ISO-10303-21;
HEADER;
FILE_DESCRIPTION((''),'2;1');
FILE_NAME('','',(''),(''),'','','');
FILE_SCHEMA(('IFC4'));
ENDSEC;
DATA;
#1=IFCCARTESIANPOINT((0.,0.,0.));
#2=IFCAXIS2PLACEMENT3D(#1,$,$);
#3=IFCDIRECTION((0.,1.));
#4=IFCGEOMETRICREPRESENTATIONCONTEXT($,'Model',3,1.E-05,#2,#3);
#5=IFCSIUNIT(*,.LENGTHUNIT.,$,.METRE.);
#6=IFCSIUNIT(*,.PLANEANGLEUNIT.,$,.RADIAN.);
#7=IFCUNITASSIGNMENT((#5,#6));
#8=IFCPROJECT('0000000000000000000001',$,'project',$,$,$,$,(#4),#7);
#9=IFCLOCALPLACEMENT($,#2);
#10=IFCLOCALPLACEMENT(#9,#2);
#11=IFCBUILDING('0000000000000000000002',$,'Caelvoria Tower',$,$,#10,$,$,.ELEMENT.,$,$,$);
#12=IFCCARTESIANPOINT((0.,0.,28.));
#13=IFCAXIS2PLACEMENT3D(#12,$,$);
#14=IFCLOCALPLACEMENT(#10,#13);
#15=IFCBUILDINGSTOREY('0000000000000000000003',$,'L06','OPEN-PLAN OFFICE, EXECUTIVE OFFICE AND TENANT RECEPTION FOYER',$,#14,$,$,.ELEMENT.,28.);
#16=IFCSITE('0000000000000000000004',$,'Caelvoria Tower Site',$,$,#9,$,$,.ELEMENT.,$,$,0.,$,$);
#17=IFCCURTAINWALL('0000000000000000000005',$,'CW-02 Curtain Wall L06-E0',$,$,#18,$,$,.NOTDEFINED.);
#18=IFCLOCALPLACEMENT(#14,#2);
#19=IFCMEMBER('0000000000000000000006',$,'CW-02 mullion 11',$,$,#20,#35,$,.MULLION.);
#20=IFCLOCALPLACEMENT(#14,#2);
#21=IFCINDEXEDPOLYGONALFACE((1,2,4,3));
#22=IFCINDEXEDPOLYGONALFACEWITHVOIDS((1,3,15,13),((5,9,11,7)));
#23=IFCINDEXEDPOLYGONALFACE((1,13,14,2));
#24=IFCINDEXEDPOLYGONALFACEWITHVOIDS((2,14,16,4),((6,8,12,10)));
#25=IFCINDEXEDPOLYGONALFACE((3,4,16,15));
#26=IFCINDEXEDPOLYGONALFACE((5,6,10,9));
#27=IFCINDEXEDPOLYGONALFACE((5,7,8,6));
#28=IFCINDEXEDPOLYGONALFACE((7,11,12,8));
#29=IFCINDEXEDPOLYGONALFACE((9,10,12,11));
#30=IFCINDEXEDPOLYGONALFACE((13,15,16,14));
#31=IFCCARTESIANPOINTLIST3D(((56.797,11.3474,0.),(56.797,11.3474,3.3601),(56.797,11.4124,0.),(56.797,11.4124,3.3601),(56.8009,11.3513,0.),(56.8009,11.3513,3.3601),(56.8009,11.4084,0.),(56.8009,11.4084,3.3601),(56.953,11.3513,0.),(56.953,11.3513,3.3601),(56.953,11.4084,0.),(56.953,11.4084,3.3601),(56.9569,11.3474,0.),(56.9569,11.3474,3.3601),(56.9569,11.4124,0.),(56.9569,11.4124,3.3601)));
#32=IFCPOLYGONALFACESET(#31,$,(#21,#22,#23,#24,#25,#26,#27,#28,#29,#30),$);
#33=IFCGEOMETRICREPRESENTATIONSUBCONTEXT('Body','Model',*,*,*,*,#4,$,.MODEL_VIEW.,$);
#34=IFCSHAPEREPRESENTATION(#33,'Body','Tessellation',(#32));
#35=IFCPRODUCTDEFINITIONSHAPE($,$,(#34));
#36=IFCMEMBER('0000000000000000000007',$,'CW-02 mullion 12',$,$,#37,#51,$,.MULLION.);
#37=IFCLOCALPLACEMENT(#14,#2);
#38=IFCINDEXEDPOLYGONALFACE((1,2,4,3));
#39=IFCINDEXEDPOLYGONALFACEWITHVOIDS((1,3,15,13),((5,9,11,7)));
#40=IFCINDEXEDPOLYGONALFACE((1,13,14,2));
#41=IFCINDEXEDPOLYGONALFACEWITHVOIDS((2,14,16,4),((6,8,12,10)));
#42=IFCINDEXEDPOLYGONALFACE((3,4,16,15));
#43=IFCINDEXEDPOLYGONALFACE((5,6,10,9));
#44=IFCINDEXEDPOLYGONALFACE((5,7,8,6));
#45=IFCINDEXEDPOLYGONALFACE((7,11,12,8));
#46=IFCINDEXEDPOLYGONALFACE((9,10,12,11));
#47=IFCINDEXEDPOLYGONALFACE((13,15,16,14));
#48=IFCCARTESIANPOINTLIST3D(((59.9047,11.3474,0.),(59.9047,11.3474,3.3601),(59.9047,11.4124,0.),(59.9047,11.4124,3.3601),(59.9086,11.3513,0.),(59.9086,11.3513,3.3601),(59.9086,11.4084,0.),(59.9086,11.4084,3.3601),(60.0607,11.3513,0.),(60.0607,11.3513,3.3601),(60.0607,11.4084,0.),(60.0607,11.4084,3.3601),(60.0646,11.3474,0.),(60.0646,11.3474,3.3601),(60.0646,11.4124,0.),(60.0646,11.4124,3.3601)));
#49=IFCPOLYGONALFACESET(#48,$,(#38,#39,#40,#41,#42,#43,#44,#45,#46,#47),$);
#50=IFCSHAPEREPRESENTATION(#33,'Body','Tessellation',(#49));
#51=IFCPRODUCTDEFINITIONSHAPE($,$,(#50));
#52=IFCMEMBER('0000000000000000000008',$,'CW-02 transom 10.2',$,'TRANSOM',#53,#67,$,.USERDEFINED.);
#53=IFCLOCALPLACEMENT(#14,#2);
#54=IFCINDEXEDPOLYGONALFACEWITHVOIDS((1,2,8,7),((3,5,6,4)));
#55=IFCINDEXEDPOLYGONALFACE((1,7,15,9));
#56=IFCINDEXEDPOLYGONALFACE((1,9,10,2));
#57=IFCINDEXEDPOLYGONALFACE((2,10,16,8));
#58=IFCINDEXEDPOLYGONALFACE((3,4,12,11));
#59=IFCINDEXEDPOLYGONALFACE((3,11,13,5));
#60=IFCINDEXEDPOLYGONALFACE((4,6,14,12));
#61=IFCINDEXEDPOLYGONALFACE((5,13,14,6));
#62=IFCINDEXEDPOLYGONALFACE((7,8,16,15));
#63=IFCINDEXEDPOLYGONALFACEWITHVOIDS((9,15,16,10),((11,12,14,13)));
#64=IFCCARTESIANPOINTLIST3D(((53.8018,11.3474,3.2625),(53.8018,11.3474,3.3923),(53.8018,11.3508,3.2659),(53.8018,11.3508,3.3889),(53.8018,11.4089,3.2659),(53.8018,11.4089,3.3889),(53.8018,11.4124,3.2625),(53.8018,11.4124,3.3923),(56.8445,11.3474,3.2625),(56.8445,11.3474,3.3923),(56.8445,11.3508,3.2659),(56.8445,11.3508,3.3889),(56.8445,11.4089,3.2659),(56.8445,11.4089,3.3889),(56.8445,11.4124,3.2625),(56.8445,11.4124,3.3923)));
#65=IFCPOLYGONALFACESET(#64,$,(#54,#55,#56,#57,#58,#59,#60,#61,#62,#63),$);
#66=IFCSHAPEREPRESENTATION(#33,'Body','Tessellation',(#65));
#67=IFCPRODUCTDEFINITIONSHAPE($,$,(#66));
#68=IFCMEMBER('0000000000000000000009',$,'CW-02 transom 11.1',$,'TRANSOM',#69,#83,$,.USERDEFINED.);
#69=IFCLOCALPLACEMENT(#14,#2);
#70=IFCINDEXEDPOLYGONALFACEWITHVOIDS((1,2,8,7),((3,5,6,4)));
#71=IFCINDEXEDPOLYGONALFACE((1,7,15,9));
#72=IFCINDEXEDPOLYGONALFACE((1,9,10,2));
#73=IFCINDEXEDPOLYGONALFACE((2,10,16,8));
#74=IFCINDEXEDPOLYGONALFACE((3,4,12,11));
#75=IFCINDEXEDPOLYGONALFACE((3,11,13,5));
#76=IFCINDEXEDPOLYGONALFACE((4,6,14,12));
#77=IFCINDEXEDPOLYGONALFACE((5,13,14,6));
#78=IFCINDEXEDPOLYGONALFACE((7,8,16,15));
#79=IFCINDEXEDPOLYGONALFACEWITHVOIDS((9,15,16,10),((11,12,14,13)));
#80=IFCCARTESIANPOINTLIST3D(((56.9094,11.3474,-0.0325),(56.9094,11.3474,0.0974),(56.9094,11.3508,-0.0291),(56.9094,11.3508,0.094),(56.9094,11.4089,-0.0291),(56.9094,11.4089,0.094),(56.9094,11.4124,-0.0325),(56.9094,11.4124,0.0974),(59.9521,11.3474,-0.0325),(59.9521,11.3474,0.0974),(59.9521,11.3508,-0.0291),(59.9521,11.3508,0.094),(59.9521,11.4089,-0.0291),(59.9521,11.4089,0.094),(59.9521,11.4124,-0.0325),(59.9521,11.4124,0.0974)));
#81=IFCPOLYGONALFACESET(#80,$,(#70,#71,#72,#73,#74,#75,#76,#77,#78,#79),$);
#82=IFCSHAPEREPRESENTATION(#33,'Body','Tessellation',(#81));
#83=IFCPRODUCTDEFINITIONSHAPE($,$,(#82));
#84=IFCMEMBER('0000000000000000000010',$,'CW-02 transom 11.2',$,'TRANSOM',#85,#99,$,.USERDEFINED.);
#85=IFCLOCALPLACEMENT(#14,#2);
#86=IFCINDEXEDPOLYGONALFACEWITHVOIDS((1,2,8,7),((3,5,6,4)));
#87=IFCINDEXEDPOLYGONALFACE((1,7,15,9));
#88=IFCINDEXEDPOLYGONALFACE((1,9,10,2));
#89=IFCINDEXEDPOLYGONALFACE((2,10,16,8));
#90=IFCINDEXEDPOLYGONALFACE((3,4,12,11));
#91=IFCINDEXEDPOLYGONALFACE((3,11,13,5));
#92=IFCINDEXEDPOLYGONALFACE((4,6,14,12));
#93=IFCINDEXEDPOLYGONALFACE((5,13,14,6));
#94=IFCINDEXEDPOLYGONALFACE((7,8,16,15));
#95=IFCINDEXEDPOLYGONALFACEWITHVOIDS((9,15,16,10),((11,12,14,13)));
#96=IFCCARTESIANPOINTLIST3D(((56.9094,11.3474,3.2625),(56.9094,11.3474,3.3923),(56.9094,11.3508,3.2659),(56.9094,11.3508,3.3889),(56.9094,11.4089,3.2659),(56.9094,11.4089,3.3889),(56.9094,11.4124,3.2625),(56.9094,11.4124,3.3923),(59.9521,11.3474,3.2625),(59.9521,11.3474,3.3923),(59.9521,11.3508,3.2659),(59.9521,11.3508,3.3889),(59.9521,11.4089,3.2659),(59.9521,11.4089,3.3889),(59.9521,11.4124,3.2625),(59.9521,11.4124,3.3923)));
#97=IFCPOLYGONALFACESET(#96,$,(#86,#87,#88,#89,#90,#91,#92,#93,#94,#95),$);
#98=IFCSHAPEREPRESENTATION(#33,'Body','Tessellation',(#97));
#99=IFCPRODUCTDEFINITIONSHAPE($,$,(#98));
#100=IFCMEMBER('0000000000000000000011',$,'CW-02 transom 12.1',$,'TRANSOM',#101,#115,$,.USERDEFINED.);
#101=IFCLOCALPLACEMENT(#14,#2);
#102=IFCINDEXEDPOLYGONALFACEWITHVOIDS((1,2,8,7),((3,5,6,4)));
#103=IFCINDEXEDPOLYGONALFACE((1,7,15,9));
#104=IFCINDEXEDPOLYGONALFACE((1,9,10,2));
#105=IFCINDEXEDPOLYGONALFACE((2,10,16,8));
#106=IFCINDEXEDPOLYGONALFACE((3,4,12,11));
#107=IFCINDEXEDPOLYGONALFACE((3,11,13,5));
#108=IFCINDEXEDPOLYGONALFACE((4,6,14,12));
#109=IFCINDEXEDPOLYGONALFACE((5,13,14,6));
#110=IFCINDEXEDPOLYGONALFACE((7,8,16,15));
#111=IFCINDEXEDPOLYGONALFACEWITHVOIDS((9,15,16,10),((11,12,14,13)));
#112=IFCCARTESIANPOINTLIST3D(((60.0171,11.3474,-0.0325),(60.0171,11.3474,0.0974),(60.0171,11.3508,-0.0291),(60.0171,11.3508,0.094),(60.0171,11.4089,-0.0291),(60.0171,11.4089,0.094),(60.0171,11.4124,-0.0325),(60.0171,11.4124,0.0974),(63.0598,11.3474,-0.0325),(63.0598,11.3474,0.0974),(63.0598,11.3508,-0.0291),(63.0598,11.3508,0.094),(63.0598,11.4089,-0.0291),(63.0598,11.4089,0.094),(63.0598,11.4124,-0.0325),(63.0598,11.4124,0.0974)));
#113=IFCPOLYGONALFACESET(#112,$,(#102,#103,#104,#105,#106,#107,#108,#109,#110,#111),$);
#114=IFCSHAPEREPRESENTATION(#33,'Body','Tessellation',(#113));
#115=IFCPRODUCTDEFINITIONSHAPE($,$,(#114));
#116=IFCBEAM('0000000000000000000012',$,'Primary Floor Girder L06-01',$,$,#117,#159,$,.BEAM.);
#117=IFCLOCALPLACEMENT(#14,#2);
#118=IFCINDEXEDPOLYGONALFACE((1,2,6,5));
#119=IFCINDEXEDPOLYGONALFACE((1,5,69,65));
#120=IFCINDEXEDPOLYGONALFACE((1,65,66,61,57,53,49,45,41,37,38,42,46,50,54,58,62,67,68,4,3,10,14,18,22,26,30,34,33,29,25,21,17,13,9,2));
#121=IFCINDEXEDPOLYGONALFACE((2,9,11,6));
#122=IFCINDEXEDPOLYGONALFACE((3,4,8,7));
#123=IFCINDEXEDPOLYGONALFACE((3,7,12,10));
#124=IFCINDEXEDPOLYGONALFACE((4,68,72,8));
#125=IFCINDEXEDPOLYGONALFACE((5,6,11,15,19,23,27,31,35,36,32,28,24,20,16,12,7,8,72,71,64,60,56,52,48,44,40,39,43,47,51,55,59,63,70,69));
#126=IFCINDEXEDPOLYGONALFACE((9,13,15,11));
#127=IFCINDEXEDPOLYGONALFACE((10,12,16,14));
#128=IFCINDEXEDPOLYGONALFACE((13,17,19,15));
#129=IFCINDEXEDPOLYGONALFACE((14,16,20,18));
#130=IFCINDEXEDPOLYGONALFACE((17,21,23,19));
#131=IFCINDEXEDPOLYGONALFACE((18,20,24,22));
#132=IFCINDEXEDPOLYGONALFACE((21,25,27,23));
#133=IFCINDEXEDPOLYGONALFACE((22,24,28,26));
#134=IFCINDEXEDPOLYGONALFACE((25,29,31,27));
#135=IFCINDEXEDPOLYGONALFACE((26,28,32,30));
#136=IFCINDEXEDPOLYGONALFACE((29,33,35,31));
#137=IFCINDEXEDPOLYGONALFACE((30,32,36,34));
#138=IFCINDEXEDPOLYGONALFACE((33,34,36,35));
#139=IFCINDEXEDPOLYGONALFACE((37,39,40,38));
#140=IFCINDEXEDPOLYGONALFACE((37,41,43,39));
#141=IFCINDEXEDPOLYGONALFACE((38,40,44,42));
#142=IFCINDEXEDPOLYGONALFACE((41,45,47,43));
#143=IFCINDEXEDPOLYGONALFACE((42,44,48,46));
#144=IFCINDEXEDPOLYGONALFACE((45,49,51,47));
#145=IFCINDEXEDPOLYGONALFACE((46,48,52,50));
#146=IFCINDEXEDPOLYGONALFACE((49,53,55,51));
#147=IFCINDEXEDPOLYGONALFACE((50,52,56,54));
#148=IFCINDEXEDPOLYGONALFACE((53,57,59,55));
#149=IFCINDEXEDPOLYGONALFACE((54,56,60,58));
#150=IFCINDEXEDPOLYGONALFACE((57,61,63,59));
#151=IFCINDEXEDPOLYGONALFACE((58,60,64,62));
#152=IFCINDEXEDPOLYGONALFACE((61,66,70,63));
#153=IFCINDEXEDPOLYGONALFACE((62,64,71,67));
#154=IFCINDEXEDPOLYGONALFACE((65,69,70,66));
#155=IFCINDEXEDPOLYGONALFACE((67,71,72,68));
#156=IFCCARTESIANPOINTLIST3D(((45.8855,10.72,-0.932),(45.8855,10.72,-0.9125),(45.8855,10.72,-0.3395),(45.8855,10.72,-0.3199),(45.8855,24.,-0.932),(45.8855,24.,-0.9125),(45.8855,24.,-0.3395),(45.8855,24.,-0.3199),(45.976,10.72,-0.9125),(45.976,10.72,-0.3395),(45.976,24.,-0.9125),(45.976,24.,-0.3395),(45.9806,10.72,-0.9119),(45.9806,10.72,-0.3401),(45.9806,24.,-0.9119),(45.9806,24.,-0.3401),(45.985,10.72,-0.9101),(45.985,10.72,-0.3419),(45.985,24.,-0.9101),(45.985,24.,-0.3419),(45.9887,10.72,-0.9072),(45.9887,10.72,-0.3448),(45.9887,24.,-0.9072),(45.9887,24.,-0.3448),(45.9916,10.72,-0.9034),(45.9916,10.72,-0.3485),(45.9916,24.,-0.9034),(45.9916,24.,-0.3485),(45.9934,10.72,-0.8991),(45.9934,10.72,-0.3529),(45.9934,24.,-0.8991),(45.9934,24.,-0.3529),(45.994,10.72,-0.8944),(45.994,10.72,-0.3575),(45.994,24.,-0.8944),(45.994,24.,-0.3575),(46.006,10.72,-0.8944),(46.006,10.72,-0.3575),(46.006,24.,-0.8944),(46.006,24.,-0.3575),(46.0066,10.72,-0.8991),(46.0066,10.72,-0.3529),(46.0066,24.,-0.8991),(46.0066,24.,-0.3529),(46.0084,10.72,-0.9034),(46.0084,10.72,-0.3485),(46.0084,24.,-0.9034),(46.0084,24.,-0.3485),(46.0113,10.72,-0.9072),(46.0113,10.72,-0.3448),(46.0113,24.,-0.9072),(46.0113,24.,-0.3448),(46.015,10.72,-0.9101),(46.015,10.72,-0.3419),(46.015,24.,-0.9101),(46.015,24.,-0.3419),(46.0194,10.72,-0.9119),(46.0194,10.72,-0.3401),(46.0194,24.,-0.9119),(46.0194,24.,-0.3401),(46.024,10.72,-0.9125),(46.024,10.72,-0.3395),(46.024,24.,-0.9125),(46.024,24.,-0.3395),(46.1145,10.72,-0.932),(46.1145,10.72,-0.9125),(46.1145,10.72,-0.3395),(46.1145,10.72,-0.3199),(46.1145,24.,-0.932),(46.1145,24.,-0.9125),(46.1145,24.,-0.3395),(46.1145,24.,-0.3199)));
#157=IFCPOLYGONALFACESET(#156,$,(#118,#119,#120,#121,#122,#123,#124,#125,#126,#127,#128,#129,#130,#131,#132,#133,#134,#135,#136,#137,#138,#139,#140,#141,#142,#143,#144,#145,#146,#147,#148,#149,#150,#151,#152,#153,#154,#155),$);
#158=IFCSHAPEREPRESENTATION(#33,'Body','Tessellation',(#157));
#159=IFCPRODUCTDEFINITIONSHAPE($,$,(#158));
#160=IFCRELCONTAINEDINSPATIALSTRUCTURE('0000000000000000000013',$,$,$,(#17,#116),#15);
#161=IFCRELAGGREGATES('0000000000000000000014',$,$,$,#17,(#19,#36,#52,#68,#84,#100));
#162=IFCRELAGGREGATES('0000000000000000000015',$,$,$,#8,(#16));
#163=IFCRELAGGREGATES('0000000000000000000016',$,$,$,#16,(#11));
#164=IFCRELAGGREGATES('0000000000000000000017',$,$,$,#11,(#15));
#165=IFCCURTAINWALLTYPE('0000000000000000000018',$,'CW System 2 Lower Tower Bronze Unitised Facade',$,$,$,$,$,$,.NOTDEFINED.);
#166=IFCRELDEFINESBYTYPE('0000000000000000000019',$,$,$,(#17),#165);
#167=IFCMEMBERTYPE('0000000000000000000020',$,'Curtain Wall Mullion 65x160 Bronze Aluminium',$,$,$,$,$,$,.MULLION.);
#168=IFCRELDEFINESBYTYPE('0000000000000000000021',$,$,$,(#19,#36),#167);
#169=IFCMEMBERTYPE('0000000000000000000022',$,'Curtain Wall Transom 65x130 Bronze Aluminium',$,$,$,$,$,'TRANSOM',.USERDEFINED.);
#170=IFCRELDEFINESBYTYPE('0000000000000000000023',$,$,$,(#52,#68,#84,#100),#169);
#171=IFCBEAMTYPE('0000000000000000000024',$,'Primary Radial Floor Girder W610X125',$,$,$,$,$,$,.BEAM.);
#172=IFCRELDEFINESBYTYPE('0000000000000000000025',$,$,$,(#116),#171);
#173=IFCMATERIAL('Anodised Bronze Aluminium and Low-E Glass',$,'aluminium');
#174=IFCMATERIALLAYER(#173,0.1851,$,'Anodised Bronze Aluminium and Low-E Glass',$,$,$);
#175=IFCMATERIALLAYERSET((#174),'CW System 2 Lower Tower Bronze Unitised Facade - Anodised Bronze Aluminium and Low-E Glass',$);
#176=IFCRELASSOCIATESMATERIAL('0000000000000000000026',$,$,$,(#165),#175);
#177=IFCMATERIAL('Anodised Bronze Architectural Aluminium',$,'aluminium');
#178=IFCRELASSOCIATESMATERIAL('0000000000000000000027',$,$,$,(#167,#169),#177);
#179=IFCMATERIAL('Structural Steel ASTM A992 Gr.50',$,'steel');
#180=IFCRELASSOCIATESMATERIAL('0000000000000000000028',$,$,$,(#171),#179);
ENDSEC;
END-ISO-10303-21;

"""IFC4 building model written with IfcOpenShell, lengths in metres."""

from ifc_helpers import new_model, si_unit, direction, frame, origin, origin_2d, place, context, subcontext, project, spatial, hollow_rectangle, i_section, extrude, material, layer, layer_set, material_profile, profile_set, type_object, element, aggregate, save


model = new_model("IFC4")

# Units and contexts
model_context = context("Model", 3, precision=1e-05, world=origin(), true_north=direction((0.0, 1.0)))
body_context = subcontext(model_context, "Body", "Model", "MODEL_VIEW")
ifc_project = project(units=[si_unit("LENGTHUNIT", "METRE"), si_unit("PLANEANGLEUNIT", "RADIAN")], contexts=[model_context])

# Site, building, storey
site_placement = place(None, origin())
site = spatial("IfcSite", under=ifc_project, at=site_placement, Name="Caelvoria Tower Site", CompositionType="ELEMENT", RefElevation=0.0)
building_placement = place(site_placement, origin())
building = spatial("IfcBuilding", under=site, at=building_placement, Name="Caelvoria Tower", CompositionType="ELEMENT")
storey_placement = place(building_placement, frame((0.0, 0.0, 28.0)))
storey = spatial("IfcBuildingStorey", under=building, at=storey_placement, Name="L06", Description="OPEN-PLAN OFFICE, EXECUTIVE OFFICE AND TENANT RECEPTION FOYER", CompositionType="ELEMENT", Elevation=28.0)

# Curtain wall, members
ifc_material_1 = material(Name="Anodised Bronze Aluminium and Low-E Glass", Category="aluminium")
ifc_layer_1 = layer(ifc_material_1, 0.1851, Name="Anodised Bronze Aluminium and Low-E Glass")
ifc_layer_set_1 = layer_set([ifc_layer_1], Name="CW System 2 Lower Tower Bronze Unitised Facade - Anodised Bronze Aluminium and Low-E Glass")
curtain_wall_type = type_object("IfcCurtainWallType", Name="CW System 2 Lower Tower Bronze Unitised Facade", PredefinedType="NOTDEFINED", material=ifc_layer_set_1)
curtain_wall_placement = place(storey_placement, origin())
curtain_wall = element("IfcCurtainWall", 1, at=curtain_wall_placement, inside=storey, type_object=curtain_wall_type, Name="CW-02 Curtain Wall L06-E0", PredefinedType="NOTDEFINED")
ifc_material_2 = material(Name="Anodised Bronze Architectural Aluminium", Category="aluminium")
ifc_material_profile_1 = material_profile(ifc_material_2, hollow_rectangle(XDim=0.0649, YDim=0.1599, WallThickness=0.0039, at=origin_2d()), Name="Anodised Bronze Architectural Aluminium")
ifc_profile_set_1 = profile_set([ifc_material_profile_1], Name="CW_MULL_65X160 - Anodised Bronze Architectural Aluminium")
member_type_1 = type_object("IfcMemberType", Name="Curtain Wall Mullion 65x160 Bronze Aluminium", PredefinedType="MULLION", material=ifc_profile_set_1)
member_1_placement = place(storey_placement, frame((56.877, 11.3799, 0.0), z_axis=(0.0, 0.0, 1.0), x_axis=(0.0, 1.0, 0.0)))
member_1 = element("IfcMember", 2, at=member_1_placement, type_object=member_type_1, Name="CW-02 mullion 11", PredefinedType="MULLION", context=body_context, shape_type="SweptSolid", body=[
    extrude(hollow_rectangle(XDim=0.0649, YDim=0.1599, WallThickness=0.0039, at=origin_2d()), origin(), (0.0, 0.0, 1.0), 3.3601),
])
member_2_placement = place(storey_placement, frame((59.9846, 11.3799, 0.0), z_axis=(0.0, 0.0, 1.0), x_axis=(0.0, 1.0, 0.0)))
member_2 = element("IfcMember", 3, at=member_2_placement, type_object=member_type_1, Name="CW-02 mullion 12", PredefinedType="MULLION", context=body_context, shape_type="SweptSolid", body=[
    extrude(hollow_rectangle(XDim=0.0649, YDim=0.1599, WallThickness=0.0039, at=origin_2d()), origin(), (0.0, 0.0, 1.0), 3.3601),
])
ifc_material_profile_2 = material_profile(ifc_material_2, hollow_rectangle(XDim=0.0649, YDim=0.1299, WallThickness=0.0034, at=origin_2d()), Name="Anodised Bronze Architectural Aluminium")
ifc_profile_set_2 = profile_set([ifc_material_profile_2], Name="CW_TRAN_65X130 - Anodised Bronze Architectural Aluminium")
member_type_2 = type_object("IfcMemberType", Name="Curtain Wall Transom 65x130 Bronze Aluminium", ElementType="TRANSOM", PredefinedType="USERDEFINED", material=ifc_profile_set_2)
member_3_placement = place(storey_placement, frame((53.8018, 11.3799, 3.3274), z_axis=(1.0, 0.0, 0.0), x_axis=(0.0, 1.0, 0.0)))
member_3 = element("IfcMember", 4, at=member_3_placement, type_object=member_type_2, Name="CW-02 transom 10.2", ObjectType="TRANSOM", PredefinedType="USERDEFINED", context=body_context, shape_type="SweptSolid", body=[
    extrude(hollow_rectangle(XDim=0.0649, YDim=0.1299, WallThickness=0.0034, at=origin_2d()), origin(), (0.0, 0.0, 1.0), 3.0427),
])
member_4_placement = place(storey_placement, frame((56.9094, 11.3799, 0.0325), z_axis=(1.0, 0.0, 0.0), x_axis=(0.0, 1.0, 0.0)))
member_4 = element("IfcMember", 5, at=member_4_placement, type_object=member_type_2, Name="CW-02 transom 11.1", ObjectType="TRANSOM", PredefinedType="USERDEFINED", context=body_context, shape_type="SweptSolid", body=[
    extrude(hollow_rectangle(XDim=0.0649, YDim=0.1299, WallThickness=0.0034, at=origin_2d()), origin(), (0.0, 0.0, 1.0), 3.0427),
])
member_5_placement = place(storey_placement, frame((56.9094, 11.3799, 3.3274), z_axis=(1.0, 0.0, 0.0), x_axis=(0.0, 1.0, 0.0)))
member_5 = element("IfcMember", 6, at=member_5_placement, type_object=member_type_2, Name="CW-02 transom 11.2", ObjectType="TRANSOM", PredefinedType="USERDEFINED", context=body_context, shape_type="SweptSolid", body=[
    extrude(hollow_rectangle(XDim=0.0649, YDim=0.1299, WallThickness=0.0034, at=origin_2d()), origin(), (0.0, 0.0, 1.0), 3.0427),
])
member_6_placement = place(storey_placement, frame((60.0171, 11.3799, 0.0325), z_axis=(1.0, 0.0, 0.0), x_axis=(0.0, 1.0, 0.0)))
member_6 = element("IfcMember", 7, at=member_6_placement, type_object=member_type_2, Name="CW-02 transom 12.1", ObjectType="TRANSOM", PredefinedType="USERDEFINED", context=body_context, shape_type="SweptSolid", body=[
    extrude(hollow_rectangle(XDim=0.0649, YDim=0.1299, WallThickness=0.0034, at=origin_2d()), origin(), (0.0, 0.0, 1.0), 3.0427),
])

# Beam
ifc_material_3 = material(Name="Structural Steel ASTM A992 Gr.50", Category="steel")
ifc_material_profile_3 = material_profile(ifc_material_3, i_section(OverallWidth=0.229, OverallDepth=0.6121, WebThickness=0.012, FlangeThickness=0.0195, FilletRadius=0.0181, at=origin_2d()), Name="Structural Steel ASTM A992 Gr.50")
ifc_profile_set_3 = profile_set([ifc_material_profile_3], Name="W610X125 - Structural Steel ASTM A992 Gr.50")
beam_type_1 = type_object("IfcBeamType", Name="Primary Radial Floor Girder W610X125", PredefinedType="BEAM", material=ifc_profile_set_3)
beam_1_placement = place(storey_placement, frame((46.0, 24.0, -0.626), z_axis=(0.0, -1.0, 0.0), x_axis=(1.0, 0.0, 0.0)))
element("IfcBeam", 8, at=beam_1_placement, inside=storey, type_object=beam_type_1, Name="Primary Floor Girder L06-01", PredefinedType="BEAM", context=body_context, shape_type="SweptSolid", body=[
    extrude(i_section(OverallWidth=0.229, OverallDepth=0.6121, WebThickness=0.012, FlangeThickness=0.0195, FilletRadius=0.0181, at=origin_2d()), origin(), (0.0, 0.0, 1.0), 13.28),
])

aggregate(curtain_wall, [member_1, member_2, member_3, member_4, member_5, member_6])

save(model, "model.ifc")
